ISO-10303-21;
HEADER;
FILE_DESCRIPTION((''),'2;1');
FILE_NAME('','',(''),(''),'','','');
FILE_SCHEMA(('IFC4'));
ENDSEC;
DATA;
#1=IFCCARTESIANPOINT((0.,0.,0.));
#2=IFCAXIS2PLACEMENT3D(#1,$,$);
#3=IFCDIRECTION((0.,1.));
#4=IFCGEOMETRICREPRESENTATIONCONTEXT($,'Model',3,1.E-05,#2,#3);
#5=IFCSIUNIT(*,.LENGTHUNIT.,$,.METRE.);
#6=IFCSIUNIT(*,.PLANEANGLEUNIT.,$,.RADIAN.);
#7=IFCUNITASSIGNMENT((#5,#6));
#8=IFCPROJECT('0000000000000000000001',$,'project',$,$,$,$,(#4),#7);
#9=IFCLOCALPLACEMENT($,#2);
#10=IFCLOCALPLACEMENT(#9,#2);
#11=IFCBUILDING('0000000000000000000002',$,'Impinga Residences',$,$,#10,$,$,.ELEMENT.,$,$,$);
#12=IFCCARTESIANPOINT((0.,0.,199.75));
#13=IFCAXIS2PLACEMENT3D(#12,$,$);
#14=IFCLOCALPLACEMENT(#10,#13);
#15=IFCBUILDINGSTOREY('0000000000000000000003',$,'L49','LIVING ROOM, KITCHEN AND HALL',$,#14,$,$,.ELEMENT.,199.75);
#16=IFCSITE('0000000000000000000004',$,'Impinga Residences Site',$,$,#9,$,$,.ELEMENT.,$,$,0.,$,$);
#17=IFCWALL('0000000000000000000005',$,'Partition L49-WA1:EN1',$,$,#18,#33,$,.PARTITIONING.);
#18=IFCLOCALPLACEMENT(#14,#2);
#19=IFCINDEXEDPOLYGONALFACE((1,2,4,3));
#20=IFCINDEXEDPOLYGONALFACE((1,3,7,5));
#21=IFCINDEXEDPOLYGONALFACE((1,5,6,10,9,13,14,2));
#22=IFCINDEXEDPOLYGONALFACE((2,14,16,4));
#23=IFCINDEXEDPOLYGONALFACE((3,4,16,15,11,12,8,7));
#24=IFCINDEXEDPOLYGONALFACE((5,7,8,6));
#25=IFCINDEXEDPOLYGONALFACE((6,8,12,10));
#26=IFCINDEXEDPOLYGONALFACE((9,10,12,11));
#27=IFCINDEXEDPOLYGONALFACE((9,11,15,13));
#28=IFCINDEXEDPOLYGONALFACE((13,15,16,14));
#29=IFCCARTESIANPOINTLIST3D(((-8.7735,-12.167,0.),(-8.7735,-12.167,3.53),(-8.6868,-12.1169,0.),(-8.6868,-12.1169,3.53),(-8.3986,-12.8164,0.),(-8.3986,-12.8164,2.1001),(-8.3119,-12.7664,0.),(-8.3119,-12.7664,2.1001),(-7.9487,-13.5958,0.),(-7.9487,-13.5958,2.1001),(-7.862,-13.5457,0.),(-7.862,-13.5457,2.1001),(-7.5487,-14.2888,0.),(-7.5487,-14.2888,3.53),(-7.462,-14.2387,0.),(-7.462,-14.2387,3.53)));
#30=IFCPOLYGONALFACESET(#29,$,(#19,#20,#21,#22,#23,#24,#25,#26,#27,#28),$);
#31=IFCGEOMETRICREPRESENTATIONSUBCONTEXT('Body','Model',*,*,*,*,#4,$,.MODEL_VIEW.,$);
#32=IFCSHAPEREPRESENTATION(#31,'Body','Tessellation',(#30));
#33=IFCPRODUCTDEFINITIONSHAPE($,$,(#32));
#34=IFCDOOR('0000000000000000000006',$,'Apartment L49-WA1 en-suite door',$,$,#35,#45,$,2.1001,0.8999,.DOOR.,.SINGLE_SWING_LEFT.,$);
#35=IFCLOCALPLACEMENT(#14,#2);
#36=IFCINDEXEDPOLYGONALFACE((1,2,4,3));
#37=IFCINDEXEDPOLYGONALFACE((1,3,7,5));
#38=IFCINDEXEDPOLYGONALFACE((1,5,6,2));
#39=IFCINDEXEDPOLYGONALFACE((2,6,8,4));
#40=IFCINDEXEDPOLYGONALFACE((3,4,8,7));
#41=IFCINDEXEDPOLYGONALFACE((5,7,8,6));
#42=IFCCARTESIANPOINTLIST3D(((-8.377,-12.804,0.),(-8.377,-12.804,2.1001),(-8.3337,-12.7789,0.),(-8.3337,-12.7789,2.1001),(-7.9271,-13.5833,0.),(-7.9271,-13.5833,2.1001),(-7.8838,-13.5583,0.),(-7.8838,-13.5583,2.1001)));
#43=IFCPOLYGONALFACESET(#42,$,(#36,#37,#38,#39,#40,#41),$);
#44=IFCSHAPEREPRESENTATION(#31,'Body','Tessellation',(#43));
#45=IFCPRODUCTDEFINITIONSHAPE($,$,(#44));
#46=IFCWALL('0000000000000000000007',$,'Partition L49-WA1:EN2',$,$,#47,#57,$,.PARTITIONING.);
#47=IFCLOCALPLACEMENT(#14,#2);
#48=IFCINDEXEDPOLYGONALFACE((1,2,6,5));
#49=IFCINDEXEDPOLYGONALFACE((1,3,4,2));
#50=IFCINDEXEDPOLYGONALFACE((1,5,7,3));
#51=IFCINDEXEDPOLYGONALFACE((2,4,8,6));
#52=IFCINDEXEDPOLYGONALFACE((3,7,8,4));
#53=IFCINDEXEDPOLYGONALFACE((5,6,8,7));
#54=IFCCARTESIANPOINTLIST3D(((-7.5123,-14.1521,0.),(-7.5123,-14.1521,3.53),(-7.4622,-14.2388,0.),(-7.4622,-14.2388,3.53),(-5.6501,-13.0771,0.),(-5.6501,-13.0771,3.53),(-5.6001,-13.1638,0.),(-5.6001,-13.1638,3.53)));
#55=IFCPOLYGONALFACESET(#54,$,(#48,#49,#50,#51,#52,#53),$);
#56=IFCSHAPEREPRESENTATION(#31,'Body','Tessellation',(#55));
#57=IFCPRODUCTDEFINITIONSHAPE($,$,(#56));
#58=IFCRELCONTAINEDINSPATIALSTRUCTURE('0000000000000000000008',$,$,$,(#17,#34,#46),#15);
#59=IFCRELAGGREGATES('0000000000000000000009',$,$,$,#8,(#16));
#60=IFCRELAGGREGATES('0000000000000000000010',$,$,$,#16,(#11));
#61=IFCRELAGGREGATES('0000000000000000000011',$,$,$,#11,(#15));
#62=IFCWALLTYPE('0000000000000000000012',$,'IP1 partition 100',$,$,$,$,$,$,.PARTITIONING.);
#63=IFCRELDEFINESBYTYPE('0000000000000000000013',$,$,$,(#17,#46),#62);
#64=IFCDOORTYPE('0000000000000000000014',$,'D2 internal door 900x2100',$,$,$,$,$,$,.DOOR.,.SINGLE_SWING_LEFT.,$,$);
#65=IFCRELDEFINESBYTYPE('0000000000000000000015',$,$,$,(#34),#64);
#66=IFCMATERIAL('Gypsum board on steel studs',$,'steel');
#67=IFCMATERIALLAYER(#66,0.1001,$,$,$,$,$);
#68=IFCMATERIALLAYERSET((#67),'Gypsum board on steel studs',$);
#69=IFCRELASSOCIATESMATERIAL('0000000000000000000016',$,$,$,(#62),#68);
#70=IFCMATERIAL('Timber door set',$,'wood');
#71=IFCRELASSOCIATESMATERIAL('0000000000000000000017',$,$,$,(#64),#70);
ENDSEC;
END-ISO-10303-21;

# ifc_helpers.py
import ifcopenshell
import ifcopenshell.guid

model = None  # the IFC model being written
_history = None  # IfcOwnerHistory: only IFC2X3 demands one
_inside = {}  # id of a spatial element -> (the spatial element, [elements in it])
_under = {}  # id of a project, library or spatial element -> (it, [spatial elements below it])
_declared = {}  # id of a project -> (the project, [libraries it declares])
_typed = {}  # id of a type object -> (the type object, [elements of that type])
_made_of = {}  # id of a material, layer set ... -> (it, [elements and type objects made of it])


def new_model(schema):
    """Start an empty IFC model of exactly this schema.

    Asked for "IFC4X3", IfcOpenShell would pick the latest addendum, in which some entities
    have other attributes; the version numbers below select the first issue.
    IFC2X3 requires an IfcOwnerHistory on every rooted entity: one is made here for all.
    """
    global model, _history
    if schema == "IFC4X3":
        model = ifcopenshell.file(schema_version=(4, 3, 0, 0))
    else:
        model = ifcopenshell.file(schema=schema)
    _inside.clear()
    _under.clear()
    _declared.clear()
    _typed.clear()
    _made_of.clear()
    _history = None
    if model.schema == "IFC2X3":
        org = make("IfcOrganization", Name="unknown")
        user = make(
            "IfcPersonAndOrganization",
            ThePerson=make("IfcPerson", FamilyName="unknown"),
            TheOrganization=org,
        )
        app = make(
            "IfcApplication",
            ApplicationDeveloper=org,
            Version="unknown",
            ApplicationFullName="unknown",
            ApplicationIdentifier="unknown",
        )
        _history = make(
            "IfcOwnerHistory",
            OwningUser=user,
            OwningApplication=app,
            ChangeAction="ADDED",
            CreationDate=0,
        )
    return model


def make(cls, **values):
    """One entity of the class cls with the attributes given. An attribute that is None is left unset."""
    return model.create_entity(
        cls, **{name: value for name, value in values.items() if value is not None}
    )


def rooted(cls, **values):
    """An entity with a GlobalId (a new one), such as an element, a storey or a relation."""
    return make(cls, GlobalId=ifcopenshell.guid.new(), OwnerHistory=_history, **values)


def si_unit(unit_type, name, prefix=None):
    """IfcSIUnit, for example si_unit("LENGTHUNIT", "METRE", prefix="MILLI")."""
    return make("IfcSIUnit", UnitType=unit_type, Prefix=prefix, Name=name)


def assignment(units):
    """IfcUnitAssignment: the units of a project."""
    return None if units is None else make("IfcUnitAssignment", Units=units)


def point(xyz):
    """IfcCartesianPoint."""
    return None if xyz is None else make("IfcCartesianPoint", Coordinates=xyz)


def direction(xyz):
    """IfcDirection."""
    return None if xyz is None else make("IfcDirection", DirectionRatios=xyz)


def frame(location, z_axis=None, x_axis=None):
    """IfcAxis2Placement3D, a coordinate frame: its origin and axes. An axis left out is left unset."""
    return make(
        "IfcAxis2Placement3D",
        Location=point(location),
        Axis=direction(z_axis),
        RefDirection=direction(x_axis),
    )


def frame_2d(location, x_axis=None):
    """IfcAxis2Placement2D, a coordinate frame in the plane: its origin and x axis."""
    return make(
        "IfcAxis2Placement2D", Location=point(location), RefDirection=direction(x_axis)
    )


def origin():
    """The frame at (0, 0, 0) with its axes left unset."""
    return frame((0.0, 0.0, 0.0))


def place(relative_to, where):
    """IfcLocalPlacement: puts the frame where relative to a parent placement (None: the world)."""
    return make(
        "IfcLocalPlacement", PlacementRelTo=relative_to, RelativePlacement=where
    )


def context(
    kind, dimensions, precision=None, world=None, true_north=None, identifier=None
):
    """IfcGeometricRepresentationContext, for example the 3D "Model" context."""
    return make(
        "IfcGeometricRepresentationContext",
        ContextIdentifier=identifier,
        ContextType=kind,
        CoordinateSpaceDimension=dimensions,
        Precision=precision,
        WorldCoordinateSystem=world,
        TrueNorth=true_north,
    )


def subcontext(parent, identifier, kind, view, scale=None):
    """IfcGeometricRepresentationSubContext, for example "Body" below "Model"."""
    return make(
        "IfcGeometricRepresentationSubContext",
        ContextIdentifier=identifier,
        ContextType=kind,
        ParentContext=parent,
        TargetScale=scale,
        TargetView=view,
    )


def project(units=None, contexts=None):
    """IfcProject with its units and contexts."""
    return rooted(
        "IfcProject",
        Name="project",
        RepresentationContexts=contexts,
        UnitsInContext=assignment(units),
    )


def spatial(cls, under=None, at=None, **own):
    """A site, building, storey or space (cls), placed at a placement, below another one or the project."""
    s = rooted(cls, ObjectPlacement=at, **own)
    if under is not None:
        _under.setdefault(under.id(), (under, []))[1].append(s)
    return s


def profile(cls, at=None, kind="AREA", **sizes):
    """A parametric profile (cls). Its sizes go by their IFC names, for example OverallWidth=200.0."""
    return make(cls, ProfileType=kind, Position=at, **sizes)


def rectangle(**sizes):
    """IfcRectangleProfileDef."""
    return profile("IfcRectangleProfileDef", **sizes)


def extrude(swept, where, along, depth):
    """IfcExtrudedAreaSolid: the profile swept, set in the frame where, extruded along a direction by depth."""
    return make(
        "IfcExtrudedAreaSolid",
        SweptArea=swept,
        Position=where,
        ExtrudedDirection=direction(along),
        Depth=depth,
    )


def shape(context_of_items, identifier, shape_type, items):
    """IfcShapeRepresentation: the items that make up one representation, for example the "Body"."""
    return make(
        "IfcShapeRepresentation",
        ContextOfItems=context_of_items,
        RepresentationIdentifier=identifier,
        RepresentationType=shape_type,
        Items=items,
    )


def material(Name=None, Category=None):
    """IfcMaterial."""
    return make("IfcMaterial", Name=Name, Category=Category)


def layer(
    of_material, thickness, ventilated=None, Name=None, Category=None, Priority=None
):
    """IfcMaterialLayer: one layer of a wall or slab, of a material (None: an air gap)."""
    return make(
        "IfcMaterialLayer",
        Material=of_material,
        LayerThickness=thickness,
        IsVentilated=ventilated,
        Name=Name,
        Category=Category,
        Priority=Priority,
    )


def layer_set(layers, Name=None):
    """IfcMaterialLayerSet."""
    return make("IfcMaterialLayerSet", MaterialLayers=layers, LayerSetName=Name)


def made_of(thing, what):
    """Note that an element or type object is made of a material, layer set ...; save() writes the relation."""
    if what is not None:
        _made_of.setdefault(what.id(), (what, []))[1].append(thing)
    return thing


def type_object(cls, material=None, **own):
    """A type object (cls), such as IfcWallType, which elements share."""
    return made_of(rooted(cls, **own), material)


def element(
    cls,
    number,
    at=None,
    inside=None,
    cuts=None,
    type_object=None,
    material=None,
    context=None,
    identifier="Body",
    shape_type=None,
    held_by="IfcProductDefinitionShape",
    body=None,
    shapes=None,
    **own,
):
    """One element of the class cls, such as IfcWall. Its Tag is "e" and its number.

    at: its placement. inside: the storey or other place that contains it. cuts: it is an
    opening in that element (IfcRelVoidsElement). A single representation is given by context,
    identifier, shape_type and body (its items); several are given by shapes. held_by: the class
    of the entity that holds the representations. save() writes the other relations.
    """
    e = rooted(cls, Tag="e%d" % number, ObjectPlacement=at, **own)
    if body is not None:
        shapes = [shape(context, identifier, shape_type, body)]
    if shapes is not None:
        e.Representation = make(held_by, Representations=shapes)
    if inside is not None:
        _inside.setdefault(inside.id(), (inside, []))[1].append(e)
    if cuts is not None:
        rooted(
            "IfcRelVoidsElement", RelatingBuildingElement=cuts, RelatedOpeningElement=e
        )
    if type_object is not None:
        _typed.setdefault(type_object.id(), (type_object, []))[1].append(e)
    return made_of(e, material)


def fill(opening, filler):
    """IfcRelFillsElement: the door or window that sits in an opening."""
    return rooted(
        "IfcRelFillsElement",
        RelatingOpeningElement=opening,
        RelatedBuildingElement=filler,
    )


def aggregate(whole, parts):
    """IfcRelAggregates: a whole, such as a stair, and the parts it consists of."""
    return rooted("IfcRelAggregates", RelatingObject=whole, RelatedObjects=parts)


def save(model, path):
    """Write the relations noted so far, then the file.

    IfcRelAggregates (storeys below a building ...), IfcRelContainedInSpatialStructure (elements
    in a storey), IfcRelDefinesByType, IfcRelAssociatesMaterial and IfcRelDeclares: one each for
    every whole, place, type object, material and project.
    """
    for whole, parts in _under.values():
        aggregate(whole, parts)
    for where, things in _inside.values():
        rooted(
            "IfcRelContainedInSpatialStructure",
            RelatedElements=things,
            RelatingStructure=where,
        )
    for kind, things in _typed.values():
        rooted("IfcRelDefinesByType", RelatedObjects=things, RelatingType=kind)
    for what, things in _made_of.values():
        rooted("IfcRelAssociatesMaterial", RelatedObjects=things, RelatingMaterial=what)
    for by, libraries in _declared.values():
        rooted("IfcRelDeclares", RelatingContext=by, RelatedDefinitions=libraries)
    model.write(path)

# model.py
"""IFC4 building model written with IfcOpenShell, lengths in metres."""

from ifc_helpers import new_model, si_unit, direction, frame, frame_2d, origin, place, context, subcontext, project, spatial, rectangle, extrude, material, layer, layer_set, type_object, element, fill, save


model = new_model("IFC4")

# Units and contexts
model_context = context("Model", 3, precision=1e-05, world=origin(), true_north=direction((0.0, 1.0)))
body_context = subcontext(model_context, "Body", "Model", "MODEL_VIEW")
ifc_project = project(units=[si_unit("LENGTHUNIT", "METRE"), si_unit("PLANEANGLEUNIT", "RADIAN")], contexts=[model_context])

# Site, building, storey
site_placement = place(None, origin())
site = spatial("IfcSite", under=ifc_project, at=site_placement, Name="Impinga Residences Site", CompositionType="ELEMENT", RefElevation=0.0)
building_placement = place(site_placement, origin())
building = spatial("IfcBuilding", under=site, at=building_placement, Name="Impinga Residences", CompositionType="ELEMENT")
storey_placement = place(building_placement, frame((0.0, 0.0, 199.75)))
storey = spatial("IfcBuildingStorey", under=building, at=storey_placement, Name="L49", Description="LIVING ROOM, KITCHEN AND HALL", CompositionType="ELEMENT", Elevation=199.75)

# Shared definitions
ifc_material_1 = material(Name="Gypsum board on steel studs", Category="steel")
ifc_layer_1 = layer(ifc_material_1, 0.1001)
ifc_layer_set_1 = layer_set([ifc_layer_1], Name="Gypsum board on steel studs")
wall_type_1 = type_object("IfcWallType", Name="IP1 partition 100", PredefinedType="PARTITIONING", material=ifc_layer_set_1)

# Wall, opening, door
wall_1_placement = place(storey_placement, frame((-8.7302, -12.1418, 0.0), z_axis=(0.0, 0.0, 1.0), x_axis=(0.499944, -0.866058, 0.0)))
wall_1 = element("IfcWall", 1, at=wall_1_placement, inside=storey, type_object=wall_type_1, Name="Partition L49-WA1:EN1", PredefinedType="PARTITIONING", context=body_context, shape_type="SweptSolid", body=[
    extrude(rectangle(XDim=2.45, YDim=0.1001, at=frame_2d((1.2251, 0.0))), origin(), (0.0, 0.0, 1.0), 3.53),
])
opening_1_placement = place(wall_1_placement, frame((0.75, 0.0, 0.0)))
opening_1 = element("IfcOpeningElement", 2, at=opening_1_placement, cuts=wall_1, PredefinedType="OPENING", context=body_context, shape_type="SweptSolid", body=[
    extrude(rectangle(XDim=0.8999, YDim=2.1001, at=frame_2d((0.45, 1.05))), frame((0.0, 0.0601, 0.0), z_axis=(0.0, -1.0, 0.0), x_axis=(1.0, 0.0, 0.0)), (0.0, 0.0, 1.0), 0.1201),
])
ifc_material_2 = material(Name="Timber door set", Category="wood")
door_type = type_object("IfcDoorType", Name="D2 internal door 900x2100", OperationType="SINGLE_SWING_LEFT", PredefinedType="DOOR", material=ifc_material_2)
door_placement = place(opening_1_placement, origin())
door = element("IfcDoor", 3, at=door_placement, inside=storey, type_object=door_type, Name="Apartment L49-WA1 en-suite door", OperationType="SINGLE_SWING_LEFT", OverallHeight=2.1001, OverallWidth=0.8999, PredefinedType="DOOR", context=body_context, shape_type="SweptSolid", body=[
    extrude(rectangle(XDim=0.8999, YDim=2.1001, at=frame_2d((0.45, 1.05))), frame((0.0, 0.0249, 0.0), z_axis=(0.0, -1.0, 0.0), x_axis=(1.0, 0.0, 0.0)), (0.0, 0.0, 1.0), 0.05),
])
fill(opening_1, door)

# Wall
wall_2_placement = place(storey_placement, frame((-5.625, -13.1204, 0.0), z_axis=(0.0, 0.0, 1.0), x_axis=(-0.866048, -0.499962, 0.0)))
element("IfcWall", 4, at=wall_2_placement, inside=storey, type_object=wall_type_1, Name="Partition L49-WA1:EN2", PredefinedType="PARTITIONING", context=body_context, shape_type="SweptSolid", body=[
    extrude(rectangle(XDim=2.1501, YDim=0.1001, at=frame_2d((1.0752, 0.0))), origin(), (0.0, 0.0, 1.0), 3.53),
])

save(model, "model.ifc")
